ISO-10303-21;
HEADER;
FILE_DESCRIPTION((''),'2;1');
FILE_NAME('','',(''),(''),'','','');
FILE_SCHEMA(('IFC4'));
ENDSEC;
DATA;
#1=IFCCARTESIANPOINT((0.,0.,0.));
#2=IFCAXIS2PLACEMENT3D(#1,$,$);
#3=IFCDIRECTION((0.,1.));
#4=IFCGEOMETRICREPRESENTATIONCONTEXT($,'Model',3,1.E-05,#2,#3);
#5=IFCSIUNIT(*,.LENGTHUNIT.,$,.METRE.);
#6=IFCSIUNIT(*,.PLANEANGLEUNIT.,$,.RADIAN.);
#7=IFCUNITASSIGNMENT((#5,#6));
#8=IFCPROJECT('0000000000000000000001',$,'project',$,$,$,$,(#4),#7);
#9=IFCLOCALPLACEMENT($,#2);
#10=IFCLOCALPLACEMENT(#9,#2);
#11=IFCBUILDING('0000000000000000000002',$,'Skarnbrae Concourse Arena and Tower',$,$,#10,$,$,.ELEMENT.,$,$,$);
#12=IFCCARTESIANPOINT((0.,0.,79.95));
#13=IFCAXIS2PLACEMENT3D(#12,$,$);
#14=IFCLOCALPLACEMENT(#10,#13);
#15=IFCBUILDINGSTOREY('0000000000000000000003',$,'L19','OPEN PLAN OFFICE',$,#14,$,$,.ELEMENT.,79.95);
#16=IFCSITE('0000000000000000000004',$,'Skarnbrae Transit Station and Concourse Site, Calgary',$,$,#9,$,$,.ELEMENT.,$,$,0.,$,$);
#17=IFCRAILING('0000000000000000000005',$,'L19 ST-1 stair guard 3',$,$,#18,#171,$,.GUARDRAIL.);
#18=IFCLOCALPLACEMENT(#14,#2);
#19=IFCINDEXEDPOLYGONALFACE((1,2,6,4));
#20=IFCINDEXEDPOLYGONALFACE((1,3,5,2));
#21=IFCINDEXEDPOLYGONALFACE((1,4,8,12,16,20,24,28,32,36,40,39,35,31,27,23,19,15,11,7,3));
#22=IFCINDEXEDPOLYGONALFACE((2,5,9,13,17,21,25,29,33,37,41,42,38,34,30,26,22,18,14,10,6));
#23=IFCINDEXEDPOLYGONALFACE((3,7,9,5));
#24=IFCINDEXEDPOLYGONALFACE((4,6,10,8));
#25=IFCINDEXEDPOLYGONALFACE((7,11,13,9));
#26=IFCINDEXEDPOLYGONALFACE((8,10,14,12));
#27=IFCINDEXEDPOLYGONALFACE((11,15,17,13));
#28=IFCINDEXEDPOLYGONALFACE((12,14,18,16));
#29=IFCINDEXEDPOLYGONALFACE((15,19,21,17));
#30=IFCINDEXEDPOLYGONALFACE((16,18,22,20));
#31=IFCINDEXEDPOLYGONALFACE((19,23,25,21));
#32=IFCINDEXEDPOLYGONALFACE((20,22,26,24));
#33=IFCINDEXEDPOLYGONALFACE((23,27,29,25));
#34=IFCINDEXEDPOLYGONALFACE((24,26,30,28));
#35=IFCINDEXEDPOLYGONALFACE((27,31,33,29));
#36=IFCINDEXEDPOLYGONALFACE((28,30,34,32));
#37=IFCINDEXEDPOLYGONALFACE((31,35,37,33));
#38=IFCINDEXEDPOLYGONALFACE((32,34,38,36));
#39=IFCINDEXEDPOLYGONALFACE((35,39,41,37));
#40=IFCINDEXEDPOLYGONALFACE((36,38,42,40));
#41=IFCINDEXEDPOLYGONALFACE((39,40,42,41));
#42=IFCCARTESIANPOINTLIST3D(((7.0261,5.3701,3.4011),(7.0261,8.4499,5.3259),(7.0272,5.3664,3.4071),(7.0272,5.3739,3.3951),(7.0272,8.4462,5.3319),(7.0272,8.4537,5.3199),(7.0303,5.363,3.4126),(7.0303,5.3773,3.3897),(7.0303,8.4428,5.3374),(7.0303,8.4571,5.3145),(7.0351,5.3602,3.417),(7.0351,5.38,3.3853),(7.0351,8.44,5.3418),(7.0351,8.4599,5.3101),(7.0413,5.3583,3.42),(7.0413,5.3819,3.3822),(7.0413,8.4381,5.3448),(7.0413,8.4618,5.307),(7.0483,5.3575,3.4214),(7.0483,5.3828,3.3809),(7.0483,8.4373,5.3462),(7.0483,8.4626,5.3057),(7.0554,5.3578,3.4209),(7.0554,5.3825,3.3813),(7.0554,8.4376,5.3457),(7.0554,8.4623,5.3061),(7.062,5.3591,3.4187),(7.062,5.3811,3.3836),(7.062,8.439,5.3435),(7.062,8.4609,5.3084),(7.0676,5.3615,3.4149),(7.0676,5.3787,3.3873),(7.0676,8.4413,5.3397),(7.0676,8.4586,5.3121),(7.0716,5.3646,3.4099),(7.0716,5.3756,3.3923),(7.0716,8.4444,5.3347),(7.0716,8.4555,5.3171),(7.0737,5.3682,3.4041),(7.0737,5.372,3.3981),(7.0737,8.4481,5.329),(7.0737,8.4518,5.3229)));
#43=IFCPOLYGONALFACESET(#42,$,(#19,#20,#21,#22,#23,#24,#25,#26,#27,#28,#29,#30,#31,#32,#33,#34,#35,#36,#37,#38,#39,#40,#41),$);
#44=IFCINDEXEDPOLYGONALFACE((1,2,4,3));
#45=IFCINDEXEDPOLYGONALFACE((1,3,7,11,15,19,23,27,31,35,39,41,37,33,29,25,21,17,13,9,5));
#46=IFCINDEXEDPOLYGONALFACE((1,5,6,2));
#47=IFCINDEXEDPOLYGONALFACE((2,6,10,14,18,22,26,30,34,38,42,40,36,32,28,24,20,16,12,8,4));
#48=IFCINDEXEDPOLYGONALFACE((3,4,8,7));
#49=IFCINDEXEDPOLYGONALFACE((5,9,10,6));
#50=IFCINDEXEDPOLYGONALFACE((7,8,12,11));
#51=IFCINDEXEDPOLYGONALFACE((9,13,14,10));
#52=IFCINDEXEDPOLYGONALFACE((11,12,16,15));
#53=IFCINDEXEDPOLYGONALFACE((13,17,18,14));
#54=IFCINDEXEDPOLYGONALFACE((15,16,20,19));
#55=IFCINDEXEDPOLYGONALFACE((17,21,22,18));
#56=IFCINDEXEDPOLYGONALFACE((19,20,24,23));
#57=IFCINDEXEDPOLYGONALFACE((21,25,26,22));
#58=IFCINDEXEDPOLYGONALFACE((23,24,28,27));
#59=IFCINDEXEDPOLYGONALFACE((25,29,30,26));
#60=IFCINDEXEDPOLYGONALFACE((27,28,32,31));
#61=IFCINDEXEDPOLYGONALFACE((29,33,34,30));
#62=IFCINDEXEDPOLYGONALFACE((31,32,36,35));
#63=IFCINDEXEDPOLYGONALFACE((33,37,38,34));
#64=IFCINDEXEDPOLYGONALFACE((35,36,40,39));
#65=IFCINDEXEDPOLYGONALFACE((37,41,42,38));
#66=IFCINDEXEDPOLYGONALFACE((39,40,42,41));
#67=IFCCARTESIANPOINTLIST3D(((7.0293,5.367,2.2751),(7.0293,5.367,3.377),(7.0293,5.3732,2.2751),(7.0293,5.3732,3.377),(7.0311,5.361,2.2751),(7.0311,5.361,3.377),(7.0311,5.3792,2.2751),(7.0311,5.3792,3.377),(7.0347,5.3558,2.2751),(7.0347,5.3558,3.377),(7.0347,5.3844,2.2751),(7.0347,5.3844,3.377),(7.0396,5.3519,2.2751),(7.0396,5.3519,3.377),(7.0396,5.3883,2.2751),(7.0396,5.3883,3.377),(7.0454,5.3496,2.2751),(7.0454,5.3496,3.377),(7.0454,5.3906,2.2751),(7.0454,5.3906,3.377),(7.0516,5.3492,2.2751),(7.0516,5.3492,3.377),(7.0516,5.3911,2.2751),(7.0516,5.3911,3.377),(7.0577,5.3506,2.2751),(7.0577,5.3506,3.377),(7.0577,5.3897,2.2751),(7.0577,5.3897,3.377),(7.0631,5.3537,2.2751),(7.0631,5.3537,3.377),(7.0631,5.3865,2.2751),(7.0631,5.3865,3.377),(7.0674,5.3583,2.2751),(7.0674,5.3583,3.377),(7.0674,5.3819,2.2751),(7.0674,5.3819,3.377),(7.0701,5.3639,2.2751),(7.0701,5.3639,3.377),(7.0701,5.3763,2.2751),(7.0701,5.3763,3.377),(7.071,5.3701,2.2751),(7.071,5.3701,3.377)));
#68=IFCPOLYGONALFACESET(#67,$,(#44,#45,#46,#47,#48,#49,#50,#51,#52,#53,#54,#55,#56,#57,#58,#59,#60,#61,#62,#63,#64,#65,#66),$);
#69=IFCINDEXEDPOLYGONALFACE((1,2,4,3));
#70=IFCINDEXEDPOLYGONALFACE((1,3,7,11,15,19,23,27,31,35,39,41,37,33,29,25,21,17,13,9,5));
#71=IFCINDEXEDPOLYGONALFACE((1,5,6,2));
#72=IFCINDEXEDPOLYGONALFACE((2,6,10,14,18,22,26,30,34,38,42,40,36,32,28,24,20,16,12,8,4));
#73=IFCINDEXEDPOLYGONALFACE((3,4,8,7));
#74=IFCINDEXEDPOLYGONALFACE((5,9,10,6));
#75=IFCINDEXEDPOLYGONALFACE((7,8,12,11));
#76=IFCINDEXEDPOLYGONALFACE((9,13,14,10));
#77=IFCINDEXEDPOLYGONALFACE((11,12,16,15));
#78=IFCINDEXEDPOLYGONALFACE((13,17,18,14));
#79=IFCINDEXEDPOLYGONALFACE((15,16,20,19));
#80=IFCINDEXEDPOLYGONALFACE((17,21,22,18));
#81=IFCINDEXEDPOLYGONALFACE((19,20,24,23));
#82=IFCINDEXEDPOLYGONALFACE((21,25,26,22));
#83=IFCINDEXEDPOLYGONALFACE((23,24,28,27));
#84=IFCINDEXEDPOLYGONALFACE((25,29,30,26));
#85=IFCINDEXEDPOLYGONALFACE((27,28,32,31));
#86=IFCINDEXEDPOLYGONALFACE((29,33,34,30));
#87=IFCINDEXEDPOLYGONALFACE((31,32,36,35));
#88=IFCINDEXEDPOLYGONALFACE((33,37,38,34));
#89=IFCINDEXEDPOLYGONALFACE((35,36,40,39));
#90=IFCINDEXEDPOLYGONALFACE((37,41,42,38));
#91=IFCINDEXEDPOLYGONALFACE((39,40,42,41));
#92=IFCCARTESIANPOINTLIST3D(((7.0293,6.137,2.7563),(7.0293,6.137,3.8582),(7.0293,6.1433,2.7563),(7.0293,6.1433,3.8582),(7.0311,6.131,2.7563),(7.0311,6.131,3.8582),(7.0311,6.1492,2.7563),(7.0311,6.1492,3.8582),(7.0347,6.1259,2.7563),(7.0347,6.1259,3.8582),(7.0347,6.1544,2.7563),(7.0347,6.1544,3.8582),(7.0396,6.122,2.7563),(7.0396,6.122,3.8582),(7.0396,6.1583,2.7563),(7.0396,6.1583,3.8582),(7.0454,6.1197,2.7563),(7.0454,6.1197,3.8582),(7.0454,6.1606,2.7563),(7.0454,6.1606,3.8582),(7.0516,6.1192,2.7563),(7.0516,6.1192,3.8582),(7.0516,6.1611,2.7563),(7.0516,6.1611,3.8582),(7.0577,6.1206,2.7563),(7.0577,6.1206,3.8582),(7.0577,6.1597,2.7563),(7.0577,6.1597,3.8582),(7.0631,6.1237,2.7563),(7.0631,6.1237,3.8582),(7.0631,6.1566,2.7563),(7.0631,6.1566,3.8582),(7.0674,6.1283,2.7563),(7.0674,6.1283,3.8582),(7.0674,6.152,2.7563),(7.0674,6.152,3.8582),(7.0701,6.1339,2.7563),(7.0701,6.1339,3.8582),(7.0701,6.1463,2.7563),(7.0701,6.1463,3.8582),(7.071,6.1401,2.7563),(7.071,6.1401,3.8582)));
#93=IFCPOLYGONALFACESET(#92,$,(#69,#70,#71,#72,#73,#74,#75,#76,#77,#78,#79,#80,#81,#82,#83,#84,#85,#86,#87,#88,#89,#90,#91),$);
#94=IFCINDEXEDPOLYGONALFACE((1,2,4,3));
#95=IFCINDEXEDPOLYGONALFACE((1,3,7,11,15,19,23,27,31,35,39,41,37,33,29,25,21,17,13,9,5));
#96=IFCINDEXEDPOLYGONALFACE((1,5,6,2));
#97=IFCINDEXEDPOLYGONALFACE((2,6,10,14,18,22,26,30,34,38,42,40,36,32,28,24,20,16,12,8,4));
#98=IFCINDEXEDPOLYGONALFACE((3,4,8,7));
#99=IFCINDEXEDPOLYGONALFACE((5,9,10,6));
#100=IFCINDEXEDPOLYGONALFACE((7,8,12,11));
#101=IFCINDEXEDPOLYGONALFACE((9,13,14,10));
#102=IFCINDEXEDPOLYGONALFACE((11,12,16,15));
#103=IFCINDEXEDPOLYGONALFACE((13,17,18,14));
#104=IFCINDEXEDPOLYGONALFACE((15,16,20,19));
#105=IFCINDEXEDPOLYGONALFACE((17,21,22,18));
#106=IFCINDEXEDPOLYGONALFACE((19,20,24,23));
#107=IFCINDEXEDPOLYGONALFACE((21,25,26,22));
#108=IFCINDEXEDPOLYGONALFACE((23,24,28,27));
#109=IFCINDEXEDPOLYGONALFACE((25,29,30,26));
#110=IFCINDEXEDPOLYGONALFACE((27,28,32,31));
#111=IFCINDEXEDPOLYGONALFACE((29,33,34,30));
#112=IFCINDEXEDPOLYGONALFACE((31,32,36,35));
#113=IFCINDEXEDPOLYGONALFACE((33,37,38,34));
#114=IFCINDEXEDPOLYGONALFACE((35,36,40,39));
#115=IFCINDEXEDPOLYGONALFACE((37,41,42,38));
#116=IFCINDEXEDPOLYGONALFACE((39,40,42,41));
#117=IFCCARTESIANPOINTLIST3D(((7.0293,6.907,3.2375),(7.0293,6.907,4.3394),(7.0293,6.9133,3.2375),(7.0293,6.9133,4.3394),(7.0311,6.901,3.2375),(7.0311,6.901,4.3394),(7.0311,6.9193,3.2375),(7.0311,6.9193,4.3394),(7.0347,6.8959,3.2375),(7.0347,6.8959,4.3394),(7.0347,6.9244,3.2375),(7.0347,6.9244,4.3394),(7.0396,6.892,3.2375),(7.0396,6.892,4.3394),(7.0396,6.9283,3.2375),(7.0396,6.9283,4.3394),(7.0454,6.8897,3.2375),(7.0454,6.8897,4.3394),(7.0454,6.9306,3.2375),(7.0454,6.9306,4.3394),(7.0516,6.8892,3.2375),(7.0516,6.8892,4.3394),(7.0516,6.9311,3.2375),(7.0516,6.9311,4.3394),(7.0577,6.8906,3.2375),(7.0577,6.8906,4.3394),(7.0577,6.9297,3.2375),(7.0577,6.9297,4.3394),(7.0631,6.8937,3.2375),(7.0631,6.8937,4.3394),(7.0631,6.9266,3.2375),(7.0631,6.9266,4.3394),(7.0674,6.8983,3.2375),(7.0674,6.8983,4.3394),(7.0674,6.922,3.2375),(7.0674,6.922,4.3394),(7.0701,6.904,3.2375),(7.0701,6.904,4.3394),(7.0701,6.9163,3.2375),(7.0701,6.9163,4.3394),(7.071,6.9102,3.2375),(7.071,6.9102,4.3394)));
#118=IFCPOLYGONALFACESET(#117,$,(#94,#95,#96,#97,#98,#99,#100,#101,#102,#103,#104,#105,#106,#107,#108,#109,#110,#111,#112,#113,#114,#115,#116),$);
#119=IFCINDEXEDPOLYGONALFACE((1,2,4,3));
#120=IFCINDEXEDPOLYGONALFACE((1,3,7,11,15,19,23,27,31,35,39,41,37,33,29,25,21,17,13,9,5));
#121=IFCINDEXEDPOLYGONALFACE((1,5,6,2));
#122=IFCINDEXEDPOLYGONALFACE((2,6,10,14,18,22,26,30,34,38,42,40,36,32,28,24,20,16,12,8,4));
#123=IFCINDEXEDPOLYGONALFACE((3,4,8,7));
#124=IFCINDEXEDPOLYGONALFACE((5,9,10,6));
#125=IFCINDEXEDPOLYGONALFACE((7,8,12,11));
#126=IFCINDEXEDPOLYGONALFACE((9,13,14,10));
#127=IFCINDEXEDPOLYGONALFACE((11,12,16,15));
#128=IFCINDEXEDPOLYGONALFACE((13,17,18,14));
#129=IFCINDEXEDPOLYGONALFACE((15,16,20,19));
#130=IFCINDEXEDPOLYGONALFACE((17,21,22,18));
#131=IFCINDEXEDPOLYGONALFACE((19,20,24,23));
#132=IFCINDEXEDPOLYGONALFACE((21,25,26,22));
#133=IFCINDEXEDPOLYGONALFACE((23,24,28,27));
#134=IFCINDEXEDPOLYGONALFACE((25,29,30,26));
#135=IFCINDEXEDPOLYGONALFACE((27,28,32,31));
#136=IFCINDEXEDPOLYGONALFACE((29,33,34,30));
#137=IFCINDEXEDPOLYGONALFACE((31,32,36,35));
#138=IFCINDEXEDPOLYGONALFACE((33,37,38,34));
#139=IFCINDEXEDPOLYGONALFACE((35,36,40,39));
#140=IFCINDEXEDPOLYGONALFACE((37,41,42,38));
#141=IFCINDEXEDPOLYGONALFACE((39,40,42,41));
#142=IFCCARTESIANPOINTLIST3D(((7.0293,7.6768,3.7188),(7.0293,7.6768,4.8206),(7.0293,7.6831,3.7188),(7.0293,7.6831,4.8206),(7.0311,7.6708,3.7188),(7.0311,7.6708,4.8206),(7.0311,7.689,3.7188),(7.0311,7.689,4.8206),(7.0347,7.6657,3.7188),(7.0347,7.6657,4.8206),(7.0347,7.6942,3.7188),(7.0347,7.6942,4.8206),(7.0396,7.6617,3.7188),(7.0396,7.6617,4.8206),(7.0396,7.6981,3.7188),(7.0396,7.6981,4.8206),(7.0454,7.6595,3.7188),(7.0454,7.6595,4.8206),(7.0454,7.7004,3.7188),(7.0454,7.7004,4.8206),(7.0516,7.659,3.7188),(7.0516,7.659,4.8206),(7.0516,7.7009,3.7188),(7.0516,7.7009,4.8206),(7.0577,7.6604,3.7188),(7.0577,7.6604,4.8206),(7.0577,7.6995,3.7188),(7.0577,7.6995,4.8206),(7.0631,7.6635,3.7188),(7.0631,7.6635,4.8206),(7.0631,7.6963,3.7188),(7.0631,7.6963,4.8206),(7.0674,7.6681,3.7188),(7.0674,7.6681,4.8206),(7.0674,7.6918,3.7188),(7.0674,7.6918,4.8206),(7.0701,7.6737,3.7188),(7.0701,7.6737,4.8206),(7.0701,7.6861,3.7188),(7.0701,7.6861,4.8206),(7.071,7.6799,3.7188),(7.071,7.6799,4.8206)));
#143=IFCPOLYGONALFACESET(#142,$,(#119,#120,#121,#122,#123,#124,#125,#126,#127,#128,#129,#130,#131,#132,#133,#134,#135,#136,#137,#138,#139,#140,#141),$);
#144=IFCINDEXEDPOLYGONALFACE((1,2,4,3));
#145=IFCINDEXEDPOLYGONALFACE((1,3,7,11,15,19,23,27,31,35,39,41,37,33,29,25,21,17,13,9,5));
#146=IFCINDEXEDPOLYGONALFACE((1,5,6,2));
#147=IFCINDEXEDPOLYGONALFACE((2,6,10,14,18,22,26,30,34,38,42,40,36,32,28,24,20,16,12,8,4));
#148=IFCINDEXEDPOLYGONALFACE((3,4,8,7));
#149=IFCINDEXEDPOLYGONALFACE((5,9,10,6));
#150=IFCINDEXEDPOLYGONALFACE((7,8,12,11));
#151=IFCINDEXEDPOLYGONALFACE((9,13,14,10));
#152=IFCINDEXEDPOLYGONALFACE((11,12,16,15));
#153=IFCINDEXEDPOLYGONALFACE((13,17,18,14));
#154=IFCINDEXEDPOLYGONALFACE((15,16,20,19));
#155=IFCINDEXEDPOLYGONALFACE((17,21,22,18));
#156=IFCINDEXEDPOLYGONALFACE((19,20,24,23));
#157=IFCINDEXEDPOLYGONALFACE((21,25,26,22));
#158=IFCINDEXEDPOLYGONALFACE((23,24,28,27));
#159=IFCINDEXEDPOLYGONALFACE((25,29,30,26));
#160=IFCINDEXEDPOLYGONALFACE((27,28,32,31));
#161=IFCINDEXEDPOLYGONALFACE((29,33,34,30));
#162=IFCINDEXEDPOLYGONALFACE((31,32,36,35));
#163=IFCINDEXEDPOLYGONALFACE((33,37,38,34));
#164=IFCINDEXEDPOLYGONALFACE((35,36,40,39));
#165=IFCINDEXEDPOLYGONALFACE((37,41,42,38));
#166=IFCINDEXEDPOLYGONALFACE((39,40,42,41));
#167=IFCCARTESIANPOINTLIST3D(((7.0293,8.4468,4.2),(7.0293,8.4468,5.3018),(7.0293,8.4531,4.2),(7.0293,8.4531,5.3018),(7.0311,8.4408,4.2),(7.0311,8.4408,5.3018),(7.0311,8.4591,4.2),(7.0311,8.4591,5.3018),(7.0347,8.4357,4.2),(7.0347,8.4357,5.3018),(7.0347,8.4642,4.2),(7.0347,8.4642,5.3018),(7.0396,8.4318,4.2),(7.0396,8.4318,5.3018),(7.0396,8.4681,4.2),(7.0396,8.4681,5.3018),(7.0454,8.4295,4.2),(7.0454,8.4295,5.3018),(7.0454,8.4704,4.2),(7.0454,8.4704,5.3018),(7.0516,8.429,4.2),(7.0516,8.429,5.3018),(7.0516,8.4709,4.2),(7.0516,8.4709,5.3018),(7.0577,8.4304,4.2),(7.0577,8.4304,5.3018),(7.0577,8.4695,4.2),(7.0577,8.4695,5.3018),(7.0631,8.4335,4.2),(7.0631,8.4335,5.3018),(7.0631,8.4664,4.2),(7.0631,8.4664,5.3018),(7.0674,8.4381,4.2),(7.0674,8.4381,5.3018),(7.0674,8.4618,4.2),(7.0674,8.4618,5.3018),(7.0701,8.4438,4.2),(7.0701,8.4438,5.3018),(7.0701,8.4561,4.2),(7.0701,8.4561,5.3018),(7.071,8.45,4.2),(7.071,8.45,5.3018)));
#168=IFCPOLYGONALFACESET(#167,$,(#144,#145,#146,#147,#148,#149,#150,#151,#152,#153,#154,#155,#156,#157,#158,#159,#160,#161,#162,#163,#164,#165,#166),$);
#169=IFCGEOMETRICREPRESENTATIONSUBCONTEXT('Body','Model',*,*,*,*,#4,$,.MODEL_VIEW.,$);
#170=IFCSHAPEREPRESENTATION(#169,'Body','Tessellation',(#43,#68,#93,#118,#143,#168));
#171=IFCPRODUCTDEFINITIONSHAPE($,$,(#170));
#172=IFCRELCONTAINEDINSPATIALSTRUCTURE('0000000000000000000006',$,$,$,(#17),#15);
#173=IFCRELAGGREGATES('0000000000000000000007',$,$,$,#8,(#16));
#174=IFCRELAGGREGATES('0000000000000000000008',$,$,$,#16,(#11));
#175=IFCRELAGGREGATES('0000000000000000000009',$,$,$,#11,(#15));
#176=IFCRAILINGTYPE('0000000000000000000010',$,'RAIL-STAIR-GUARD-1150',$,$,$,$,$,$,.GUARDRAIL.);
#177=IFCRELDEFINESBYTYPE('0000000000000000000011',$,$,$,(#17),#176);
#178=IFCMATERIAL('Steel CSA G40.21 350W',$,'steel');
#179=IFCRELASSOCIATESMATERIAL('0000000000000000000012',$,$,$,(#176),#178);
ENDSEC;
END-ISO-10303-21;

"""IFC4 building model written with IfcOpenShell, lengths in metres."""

from ifc_helpers import new_model, si_unit, direction, frame, origin, origin_2d, place, context, subcontext, project, spatial, circle, extrude, material, type_object, element, save


model = new_model("IFC4")

# Units and contexts
model_context = context("Model", 3, precision=1e-05, world=origin(), true_north=direction((0.0, 1.0)))
body_context = subcontext(model_context, "Body", "Model", "MODEL_VIEW")
ifc_project = project(units=[si_unit("LENGTHUNIT", "METRE"), si_unit("PLANEANGLEUNIT", "RADIAN")], contexts=[model_context])

# Site, building, storey
site_placement = place(None, origin())
site = spatial("IfcSite", under=ifc_project, at=site_placement, Name="Skarnbrae Transit Station and Concourse Site, Calgary", CompositionType="ELEMENT", RefElevation=0.0)
building_placement = place(site_placement, origin())
building = spatial("IfcBuilding", under=site, at=building_placement, Name="Skarnbrae Concourse Arena and Tower", CompositionType="ELEMENT")
storey_placement = place(building_placement, frame((0.0, 0.0, 79.95)))
storey = spatial("IfcBuildingStorey", under=building, at=storey_placement, Name="L19", Description="OPEN PLAN OFFICE", CompositionType="ELEMENT", Elevation=79.95)

# Shared definitions
ifc_material_1 = material(Name="Steel CSA G40.21 350W", Category="steel")

# Railing
railing_type_1 = type_object("IfcRailingType", Name="RAIL-STAIR-GUARD-1150", PredefinedType="GUARDRAIL", material=ifc_material_1)
railing_1_placement = place(storey_placement, frame((7.05, 5.3701, 2.2751)))
element("IfcRailing", 1, at=railing_1_placement, inside=storey, type_object=railing_type_1, Name="L19 ST-1 stair guard 3", PredefinedType="GUARDRAIL", context=body_context, shape_type="SweptSolid", body=[
    extrude(circle(Radius=0.0239, at=origin_2d()), frame((0.0, 0.0, 1.126), z_axis=(0.0, 0.84801, 0.529981), x_axis=(-1.0, 0.0, 0.0)), (0.0, 0.0, 1.0), 3.6318),
    extrude(circle(Radius=0.021, at=origin_2d()), origin(), (0.0, 0.0, 1.0), 1.1018),
    extrude(circle(Radius=0.021, at=origin_2d()), frame((0.0, 0.77, 0.4812)), (0.0, 0.0, 1.0), 1.1018),
    extrude(circle(Radius=0.021, at=origin_2d()), frame((0.0, 1.54, 0.9624)), (0.0, 0.0, 1.0), 1.1018),
    extrude(circle(Radius=0.021, at=origin_2d()), frame((0.0, 2.3098, 1.4436)), (0.0, 0.0, 1.0), 1.1018),
    extrude(circle(Radius=0.021, at=origin_2d()), frame((0.0, 3.0798, 1.9248)), (0.0, 0.0, 1.0), 1.1018),
])

save(model, "model.ifc")
